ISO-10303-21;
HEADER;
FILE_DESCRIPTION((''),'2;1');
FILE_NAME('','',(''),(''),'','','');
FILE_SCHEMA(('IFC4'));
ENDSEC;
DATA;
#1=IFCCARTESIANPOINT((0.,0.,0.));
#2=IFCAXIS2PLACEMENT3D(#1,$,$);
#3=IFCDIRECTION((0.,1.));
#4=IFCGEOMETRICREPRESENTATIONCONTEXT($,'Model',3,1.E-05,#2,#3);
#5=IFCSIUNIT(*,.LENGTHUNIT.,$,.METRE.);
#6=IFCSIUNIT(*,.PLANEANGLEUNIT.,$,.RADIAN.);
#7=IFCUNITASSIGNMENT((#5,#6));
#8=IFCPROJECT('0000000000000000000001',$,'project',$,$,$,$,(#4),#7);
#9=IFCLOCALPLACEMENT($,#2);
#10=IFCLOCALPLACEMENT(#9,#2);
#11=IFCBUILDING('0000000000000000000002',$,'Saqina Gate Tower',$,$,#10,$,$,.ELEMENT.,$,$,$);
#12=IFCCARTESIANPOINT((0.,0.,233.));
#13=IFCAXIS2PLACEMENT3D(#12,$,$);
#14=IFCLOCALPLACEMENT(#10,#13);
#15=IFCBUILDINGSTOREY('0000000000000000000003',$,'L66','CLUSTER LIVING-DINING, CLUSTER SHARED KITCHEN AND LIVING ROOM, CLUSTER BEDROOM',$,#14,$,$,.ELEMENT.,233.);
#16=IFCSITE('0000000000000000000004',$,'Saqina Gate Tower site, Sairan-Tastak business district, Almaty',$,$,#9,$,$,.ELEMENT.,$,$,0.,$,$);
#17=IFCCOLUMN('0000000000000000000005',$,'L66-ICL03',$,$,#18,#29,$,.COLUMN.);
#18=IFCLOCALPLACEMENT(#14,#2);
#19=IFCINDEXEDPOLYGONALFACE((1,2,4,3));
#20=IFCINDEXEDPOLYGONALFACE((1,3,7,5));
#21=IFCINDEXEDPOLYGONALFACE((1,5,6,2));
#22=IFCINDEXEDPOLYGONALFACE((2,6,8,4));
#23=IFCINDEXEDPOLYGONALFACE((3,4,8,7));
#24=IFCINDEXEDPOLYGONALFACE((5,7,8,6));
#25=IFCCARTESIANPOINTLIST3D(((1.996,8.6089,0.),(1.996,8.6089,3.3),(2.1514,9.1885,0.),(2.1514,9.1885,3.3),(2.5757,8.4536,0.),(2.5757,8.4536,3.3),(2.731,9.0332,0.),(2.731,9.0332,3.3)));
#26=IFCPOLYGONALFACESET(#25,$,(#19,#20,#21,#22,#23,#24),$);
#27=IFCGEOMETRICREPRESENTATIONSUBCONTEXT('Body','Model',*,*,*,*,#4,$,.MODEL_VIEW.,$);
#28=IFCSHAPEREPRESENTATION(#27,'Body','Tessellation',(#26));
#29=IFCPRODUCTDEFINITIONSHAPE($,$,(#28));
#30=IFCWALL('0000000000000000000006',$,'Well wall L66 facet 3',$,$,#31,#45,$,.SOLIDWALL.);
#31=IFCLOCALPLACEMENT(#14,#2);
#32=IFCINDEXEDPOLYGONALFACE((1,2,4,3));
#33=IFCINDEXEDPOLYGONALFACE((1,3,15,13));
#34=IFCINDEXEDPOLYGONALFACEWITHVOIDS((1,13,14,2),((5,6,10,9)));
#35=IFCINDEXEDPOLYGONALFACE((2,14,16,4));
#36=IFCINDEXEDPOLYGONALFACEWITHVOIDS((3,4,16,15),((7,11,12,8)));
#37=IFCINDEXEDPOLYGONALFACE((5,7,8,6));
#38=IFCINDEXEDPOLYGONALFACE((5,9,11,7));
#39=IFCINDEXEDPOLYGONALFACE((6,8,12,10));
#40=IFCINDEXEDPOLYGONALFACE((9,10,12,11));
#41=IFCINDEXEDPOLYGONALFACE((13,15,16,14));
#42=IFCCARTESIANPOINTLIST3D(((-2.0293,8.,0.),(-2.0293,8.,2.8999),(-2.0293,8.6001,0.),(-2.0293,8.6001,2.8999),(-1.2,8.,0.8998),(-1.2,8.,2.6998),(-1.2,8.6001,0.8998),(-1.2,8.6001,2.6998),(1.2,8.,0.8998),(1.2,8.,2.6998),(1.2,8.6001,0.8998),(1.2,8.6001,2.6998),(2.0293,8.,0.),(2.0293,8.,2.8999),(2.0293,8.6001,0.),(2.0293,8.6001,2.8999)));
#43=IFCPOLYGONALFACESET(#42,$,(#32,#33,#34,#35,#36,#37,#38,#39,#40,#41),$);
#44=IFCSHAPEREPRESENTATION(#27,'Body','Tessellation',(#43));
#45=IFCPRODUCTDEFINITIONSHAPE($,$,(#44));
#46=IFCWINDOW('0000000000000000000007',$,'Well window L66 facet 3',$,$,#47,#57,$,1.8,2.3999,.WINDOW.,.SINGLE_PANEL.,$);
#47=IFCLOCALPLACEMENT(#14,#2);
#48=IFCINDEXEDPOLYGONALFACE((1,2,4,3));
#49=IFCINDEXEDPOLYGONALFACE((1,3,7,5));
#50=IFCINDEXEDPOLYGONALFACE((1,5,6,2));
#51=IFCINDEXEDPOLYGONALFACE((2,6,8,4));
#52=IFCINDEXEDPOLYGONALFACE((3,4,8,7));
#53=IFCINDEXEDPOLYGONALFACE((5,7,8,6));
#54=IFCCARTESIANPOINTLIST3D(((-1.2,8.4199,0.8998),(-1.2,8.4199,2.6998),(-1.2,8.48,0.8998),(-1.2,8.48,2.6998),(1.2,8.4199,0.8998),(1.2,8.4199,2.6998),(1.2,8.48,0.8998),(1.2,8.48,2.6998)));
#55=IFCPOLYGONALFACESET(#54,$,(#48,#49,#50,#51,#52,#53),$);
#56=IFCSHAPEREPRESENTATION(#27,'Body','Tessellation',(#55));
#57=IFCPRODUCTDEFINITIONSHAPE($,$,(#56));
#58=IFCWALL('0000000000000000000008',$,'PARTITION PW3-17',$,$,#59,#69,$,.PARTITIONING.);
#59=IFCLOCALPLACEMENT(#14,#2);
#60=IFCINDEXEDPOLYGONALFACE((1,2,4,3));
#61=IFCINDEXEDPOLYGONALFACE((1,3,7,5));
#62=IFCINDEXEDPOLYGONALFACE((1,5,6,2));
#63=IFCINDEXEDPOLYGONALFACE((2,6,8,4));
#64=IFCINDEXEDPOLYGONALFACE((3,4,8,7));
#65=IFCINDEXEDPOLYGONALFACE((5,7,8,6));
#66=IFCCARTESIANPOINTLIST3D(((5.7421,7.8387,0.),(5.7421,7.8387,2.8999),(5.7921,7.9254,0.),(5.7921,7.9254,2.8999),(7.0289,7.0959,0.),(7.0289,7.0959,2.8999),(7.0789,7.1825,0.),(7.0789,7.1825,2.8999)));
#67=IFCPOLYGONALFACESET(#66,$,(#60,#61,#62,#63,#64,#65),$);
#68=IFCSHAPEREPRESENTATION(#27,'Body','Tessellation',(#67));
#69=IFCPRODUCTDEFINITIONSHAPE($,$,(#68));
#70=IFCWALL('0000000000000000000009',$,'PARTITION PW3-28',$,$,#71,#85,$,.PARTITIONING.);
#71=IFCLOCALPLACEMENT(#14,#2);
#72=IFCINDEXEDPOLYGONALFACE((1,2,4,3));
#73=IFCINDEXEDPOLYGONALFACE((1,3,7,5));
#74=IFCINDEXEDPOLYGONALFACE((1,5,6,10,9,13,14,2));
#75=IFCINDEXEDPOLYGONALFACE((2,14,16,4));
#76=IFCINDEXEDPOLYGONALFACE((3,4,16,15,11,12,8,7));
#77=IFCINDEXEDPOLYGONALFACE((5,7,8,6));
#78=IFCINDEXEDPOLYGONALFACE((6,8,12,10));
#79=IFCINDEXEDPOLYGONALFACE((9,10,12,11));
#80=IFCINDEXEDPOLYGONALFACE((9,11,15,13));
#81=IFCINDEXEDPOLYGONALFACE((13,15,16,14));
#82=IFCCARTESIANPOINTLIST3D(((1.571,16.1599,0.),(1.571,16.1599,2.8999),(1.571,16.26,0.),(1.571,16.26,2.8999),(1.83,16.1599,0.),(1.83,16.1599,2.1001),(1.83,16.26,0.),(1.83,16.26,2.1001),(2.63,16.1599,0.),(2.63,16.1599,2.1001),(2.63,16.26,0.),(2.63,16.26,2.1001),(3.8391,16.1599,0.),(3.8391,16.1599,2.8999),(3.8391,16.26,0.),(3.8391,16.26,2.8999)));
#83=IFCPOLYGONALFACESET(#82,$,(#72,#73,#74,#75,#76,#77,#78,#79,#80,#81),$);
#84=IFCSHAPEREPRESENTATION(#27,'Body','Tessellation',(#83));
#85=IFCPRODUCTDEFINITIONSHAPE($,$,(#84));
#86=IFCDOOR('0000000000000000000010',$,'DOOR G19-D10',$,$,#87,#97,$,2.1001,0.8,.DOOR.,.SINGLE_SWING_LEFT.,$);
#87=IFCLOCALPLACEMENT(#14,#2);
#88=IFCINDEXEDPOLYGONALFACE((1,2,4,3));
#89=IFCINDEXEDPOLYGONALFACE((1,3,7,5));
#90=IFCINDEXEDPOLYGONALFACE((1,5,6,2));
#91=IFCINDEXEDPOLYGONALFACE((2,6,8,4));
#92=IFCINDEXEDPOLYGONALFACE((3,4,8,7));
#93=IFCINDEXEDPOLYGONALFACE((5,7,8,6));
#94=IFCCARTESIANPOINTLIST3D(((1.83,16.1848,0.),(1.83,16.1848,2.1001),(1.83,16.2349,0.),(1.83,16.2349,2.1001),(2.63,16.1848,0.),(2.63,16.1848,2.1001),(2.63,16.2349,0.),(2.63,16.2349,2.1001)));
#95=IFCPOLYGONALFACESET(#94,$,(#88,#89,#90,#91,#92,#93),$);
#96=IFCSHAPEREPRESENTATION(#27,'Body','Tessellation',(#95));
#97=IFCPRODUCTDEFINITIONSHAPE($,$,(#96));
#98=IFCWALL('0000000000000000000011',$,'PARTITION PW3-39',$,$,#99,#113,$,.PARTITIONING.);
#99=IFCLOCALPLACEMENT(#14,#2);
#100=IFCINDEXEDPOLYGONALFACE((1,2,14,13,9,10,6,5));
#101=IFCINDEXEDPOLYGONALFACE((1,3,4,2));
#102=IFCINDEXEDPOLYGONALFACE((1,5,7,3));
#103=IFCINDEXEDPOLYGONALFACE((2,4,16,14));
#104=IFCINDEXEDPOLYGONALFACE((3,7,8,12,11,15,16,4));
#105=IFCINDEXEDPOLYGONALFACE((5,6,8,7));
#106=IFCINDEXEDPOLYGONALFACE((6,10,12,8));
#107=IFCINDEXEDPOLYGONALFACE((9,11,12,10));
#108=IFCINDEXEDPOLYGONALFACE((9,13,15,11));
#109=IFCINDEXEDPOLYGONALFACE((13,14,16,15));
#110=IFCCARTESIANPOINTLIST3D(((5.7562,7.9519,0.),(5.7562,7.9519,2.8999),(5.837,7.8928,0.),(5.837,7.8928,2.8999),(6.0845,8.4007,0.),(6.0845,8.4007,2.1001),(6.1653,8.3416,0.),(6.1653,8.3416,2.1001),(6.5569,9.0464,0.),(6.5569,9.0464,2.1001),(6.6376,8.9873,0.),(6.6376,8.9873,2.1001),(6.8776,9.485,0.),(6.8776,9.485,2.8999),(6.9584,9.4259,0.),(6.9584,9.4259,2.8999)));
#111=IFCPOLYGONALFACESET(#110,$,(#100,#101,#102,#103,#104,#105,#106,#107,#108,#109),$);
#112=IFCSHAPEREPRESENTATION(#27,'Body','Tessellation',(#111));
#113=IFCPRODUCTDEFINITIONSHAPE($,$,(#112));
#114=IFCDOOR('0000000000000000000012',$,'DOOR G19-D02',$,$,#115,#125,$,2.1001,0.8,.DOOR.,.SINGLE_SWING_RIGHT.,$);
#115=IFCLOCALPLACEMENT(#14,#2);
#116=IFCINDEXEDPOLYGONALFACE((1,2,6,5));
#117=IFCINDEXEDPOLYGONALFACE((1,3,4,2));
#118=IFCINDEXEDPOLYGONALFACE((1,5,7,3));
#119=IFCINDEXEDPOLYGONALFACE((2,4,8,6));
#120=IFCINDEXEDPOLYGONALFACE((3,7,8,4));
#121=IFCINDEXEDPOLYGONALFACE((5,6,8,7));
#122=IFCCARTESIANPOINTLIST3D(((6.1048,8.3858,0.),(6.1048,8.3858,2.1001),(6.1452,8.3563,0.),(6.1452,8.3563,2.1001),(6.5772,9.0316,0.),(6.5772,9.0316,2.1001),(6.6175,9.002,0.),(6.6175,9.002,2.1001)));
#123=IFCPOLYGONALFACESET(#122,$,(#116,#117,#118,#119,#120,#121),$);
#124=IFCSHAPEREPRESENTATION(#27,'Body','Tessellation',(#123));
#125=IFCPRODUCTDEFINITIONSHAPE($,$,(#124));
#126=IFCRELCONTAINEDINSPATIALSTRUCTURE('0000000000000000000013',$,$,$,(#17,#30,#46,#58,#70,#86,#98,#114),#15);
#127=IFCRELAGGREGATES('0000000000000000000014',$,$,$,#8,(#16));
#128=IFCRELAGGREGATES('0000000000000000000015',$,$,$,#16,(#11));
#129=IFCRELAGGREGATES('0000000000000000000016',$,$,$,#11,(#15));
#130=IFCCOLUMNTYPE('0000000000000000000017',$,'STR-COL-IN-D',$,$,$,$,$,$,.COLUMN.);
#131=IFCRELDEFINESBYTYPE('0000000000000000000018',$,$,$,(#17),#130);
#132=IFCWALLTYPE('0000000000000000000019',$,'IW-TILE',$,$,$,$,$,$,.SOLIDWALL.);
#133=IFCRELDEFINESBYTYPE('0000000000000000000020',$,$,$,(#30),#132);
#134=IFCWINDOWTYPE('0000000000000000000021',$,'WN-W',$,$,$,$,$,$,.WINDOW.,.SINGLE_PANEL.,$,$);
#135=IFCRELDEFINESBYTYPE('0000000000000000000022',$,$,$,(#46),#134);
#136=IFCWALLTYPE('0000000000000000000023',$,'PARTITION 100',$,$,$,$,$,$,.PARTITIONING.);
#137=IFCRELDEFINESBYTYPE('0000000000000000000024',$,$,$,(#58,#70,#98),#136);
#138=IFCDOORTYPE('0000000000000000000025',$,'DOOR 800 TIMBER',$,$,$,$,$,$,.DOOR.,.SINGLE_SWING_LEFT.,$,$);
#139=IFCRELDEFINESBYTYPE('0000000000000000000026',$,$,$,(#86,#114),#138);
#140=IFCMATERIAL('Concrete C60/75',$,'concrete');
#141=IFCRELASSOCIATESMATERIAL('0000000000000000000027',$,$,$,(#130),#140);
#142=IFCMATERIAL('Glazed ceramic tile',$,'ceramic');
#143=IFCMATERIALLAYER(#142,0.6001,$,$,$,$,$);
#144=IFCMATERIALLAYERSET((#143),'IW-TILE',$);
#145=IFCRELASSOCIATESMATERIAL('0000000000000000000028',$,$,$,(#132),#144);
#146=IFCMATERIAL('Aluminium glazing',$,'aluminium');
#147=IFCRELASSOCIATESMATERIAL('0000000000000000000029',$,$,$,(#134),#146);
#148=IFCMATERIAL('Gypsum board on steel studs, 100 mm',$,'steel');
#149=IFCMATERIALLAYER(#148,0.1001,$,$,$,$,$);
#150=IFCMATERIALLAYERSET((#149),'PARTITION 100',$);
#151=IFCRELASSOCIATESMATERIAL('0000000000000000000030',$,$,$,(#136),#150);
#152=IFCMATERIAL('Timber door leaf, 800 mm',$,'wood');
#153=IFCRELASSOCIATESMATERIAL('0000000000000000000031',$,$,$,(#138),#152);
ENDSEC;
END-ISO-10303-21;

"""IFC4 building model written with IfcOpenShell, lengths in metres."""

from ifc_helpers import new_model, si_unit, direction, frame, frame_2d, origin, origin_2d, place, context, subcontext, project, spatial, rectangle, extrude, material, layer, layer_set, material_profile, profile_set, type_object, element, fill, save


model = new_model("IFC4")

# Units and contexts
model_context = context("Model", 3, precision=1e-05, world=origin(), true_north=direction((0.0, 1.0)))
body_context = subcontext(model_context, "Body", "Model", "MODEL_VIEW")
ifc_project = project(units=[si_unit("LENGTHUNIT", "METRE"), si_unit("PLANEANGLEUNIT", "RADIAN")], contexts=[model_context])

# Site, building, storey
site_placement = place(None, origin())
site = spatial("IfcSite", under=ifc_project, at=site_placement, Name="Saqina Gate Tower site, Sairan-Tastak business district, Almaty", CompositionType="ELEMENT", RefElevation=0.0)
building_placement = place(site_placement, origin())
building = spatial("IfcBuilding", under=site, at=building_placement, Name="Saqina Gate Tower", CompositionType="ELEMENT")
storey_placement = place(building_placement, frame((0.0, 0.0, 233.0)))
storey = spatial("IfcBuildingStorey", under=building, at=storey_placement, Name="L66", Description="CLUSTER LIVING-DINING, CLUSTER SHARED KITCHEN AND LIVING ROOM, CLUSTER BEDROOM", CompositionType="ELEMENT", Elevation=233.0)

# Column
ifc_material_1 = material(Name="Concrete C60/75", Category="concrete")
ifc_material_profile = material_profile(ifc_material_1, rectangle(XDim=0.6001, YDim=0.6001, at=origin_2d()), Name="RC 600x600")
ifc_profile_set = profile_set([ifc_material_profile], Name="Concrete C60/75")
column_type = type_object("IfcColumnType", Name="STR-COL-IN-D", PredefinedType="COLUMN", material=ifc_profile_set)
column_placement = place(storey_placement, frame((2.3635, 8.821, 0.0), z_axis=(0.0, 0.0, 1.0), x_axis=(0.258819, 0.965926, 0.0)))
element("IfcColumn", 1, at=column_placement, inside=storey, type_object=column_type, Name="L66-ICL03", PredefinedType="COLUMN", context=body_context, shape_type="SweptSolid", body=[
    extrude(rectangle(XDim=0.6001, YDim=0.6001, at=origin_2d()), origin(), (0.0, 0.0, 1.0), 3.3),
])

# Wall, opening, window
ifc_material_2 = material(Name="Glazed ceramic tile", Category="ceramic")
ifc_layer_1 = layer(ifc_material_2, 0.6001)
ifc_layer_set_1 = layer_set([ifc_layer_1], Name="IW-TILE")
wall_type_1 = type_object("IfcWallType", Name="IW-TILE", PredefinedType="SOLIDWALL", material=ifc_layer_set_1)
wall_1_placement = place(storey_placement, frame((2.0293, 8.3, 0.0), z_axis=(0.0, 0.0, 1.0), x_axis=(-1.0, 0.0, 0.0)))
wall_1 = element("IfcWall", 2, at=wall_1_placement, inside=storey, type_object=wall_type_1, Name="Well wall L66 facet 3", PredefinedType="SOLIDWALL", context=body_context, shape_type="SweptSolid", body=[
    extrude(rectangle(XDim=4.0586, YDim=0.6001, at=frame_2d((2.0293, 0.0))), origin(), (0.0, 0.0, 1.0), 2.8999),
])
opening_1_placement = place(wall_1_placement, frame((0.8293, 0.0, 0.8999)))
opening_1 = element("IfcOpeningElement", 3, at=opening_1_placement, cuts=wall_1, PredefinedType="OPENING", context=body_context, shape_type="SweptSolid", body=[
    extrude(rectangle(XDim=2.3999, YDim=1.8, at=frame_2d((1.2, 0.8999))), frame((0.0, 0.312, 0.0), z_axis=(0.0, -1.0, 0.0), x_axis=(1.0, 0.0, 0.0)), (0.0, 0.0, 1.0), 0.624),
])
ifc_material_3 = material(Name="Aluminium glazing", Category="aluminium")
window_type = type_object("IfcWindowType", Name="WN-W", PartitioningType="SINGLE_PANEL", PredefinedType="WINDOW", material=ifc_material_3)
window_placement = place(opening_1_placement, origin())
window = element("IfcWindow", 4, at=window_placement, inside=storey, type_object=window_type, Name="Well window L66 facet 3", OverallHeight=1.8, OverallWidth=2.3999, PartitioningType="SINGLE_PANEL", PredefinedType="WINDOW", context=body_context, shape_type="SweptSolid", body=[
    extrude(rectangle(XDim=2.3999, YDim=1.8, at=frame_2d((1.2, 0.8999))), frame((0.0, -0.1199, 0.0), z_axis=(0.0, -1.0, 0.0), x_axis=(1.0, 0.0, 0.0)), (0.0, 0.0, 1.0), 0.0601),
])
fill(opening_1, window)

# Wall
ifc_material_4 = material(Name="Gypsum board on steel studs, 100 mm", Category="steel")
ifc_layer_2 = layer(ifc_material_4, 0.1001)
ifc_layer_set_2 = layer_set([ifc_layer_2], Name="PARTITION 100")
wall_type_2 = type_object("IfcWallType", Name="PARTITION 100", PredefinedType="PARTITIONING", material=ifc_layer_set_2)
wall_2_placement = place(storey_placement, frame((5.7671, 7.8821, 0.0), z_axis=(0.0, 0.0, 1.0), x_axis=(0.866041, -0.499974, 0.0)))
element("IfcWall", 5, at=wall_2_placement, inside=storey, type_object=wall_type_2, Name="PARTITION PW3-17", PredefinedType="PARTITIONING", context=body_context, shape_type="SweptSolid", body=[
    extrude(rectangle(XDim=1.4858, YDim=0.1001, at=frame_2d((0.7429, 0.0))), origin(), (0.0, 0.0, 1.0), 2.8999),
])

# Walls, openings, doors
wall_3_placement = place(storey_placement, frame((1.571, 16.21, 0.0), z_axis=(0.0, 0.0, 1.0), x_axis=(1.0, 0.0, 0.0)))
wall_3 = element("IfcWall", 6, at=wall_3_placement, inside=storey, type_object=wall_type_2, Name="PARTITION PW3-28", PredefinedType="PARTITIONING", context=body_context, shape_type="SweptSolid", body=[
    extrude(rectangle(XDim=2.2681, YDim=0.1001, at=frame_2d((1.134, 0.0))), origin(), (0.0, 0.0, 1.0), 2.8999),
])
opening_2_placement = place(wall_3_placement, frame((0.259, 0.0, 0.0)))
opening_2 = element("IfcOpeningElement", 7, at=opening_2_placement, cuts=wall_3, PredefinedType="OPENING", context=body_context, shape_type="SweptSolid", body=[
    extrude(rectangle(XDim=0.8, YDim=2.1001, at=frame_2d((0.3999, 1.05))), frame((0.0, 0.062, 0.0), z_axis=(0.0, -1.0, 0.0), x_axis=(1.0, 0.0, 0.0)), (0.0, 0.0, 1.0), 0.124),
])
ifc_material_5 = material(Name="Timber door leaf, 800 mm", Category="wood")
door_type_1 = type_object("IfcDoorType", Name="DOOR 800 TIMBER", OperationType="SINGLE_SWING_LEFT", PredefinedType="DOOR", material=ifc_material_5)
door_1_placement = place(opening_2_placement, origin())
door_1 = element("IfcDoor", 8, at=door_1_placement, inside=storey, type_object=door_type_1, Name="DOOR G19-D10", OperationType="SINGLE_SWING_LEFT", OverallHeight=2.1001, OverallWidth=0.8, PredefinedType="DOOR", context=body_context, shape_type="SweptSolid", body=[
    extrude(rectangle(XDim=0.8, YDim=2.1001, at=frame_2d((0.3999, 1.05))), frame((0.0, 0.0249, 0.0), z_axis=(0.0, -1.0, 0.0), x_axis=(1.0, 0.0, 0.0)), (0.0, 0.0, 1.0), 0.05),
])
fill(opening_2, door_1)
wall_4_placement = place(storey_placement, frame((5.7966, 7.9224, 0.0), z_axis=(0.0, 0.0, 1.0), x_axis=(0.590394, 0.807115, 0.0)))
wall_4 = element("IfcWall", 9, at=wall_4_placement, inside=storey, type_object=wall_type_2, Name="PARTITION PW3-39", PredefinedType="PARTITIONING", context=body_context, shape_type="SweptSolid", body=[
    extrude(rectangle(XDim=1.8994, YDim=0.1001, at=frame_2d((0.9497, 0.0))), origin(), (0.0, 0.0, 1.0), 2.8999),
])
opening_3_placement = place(wall_4_placement, frame((0.5562, 0.0, 0.0)))
opening_3 = element("IfcOpeningElement", 10, at=opening_3_placement, cuts=wall_4, PredefinedType="OPENING", context=body_context, shape_type="SweptSolid", body=[
    extrude(rectangle(XDim=0.8, YDim=2.1001, at=frame_2d((0.3999, 1.05))), frame((0.0, 0.062, 0.0), z_axis=(0.0, -1.0, 0.0), x_axis=(1.0, 0.0, 0.0)), (0.0, 0.0, 1.0), 0.124),
])
door_2_placement = place(opening_3_placement, origin())
door_2 = element("IfcDoor", 11, at=door_2_placement, inside=storey, type_object=door_type_1, Name="DOOR G19-D02", OperationType="SINGLE_SWING_RIGHT", OverallHeight=2.1001, OverallWidth=0.8, PredefinedType="DOOR", context=body_context, shape_type="SweptSolid", body=[
    extrude(rectangle(XDim=0.8, YDim=2.1001, at=frame_2d((0.3999, 1.05))), frame((0.0, 0.0249, 0.0), z_axis=(0.0, -1.0, 0.0), x_axis=(1.0, 0.0, 0.0)), (0.0, 0.0, 1.0), 0.05),
])
fill(opening_3, door_2)

save(model, "model.ifc")
